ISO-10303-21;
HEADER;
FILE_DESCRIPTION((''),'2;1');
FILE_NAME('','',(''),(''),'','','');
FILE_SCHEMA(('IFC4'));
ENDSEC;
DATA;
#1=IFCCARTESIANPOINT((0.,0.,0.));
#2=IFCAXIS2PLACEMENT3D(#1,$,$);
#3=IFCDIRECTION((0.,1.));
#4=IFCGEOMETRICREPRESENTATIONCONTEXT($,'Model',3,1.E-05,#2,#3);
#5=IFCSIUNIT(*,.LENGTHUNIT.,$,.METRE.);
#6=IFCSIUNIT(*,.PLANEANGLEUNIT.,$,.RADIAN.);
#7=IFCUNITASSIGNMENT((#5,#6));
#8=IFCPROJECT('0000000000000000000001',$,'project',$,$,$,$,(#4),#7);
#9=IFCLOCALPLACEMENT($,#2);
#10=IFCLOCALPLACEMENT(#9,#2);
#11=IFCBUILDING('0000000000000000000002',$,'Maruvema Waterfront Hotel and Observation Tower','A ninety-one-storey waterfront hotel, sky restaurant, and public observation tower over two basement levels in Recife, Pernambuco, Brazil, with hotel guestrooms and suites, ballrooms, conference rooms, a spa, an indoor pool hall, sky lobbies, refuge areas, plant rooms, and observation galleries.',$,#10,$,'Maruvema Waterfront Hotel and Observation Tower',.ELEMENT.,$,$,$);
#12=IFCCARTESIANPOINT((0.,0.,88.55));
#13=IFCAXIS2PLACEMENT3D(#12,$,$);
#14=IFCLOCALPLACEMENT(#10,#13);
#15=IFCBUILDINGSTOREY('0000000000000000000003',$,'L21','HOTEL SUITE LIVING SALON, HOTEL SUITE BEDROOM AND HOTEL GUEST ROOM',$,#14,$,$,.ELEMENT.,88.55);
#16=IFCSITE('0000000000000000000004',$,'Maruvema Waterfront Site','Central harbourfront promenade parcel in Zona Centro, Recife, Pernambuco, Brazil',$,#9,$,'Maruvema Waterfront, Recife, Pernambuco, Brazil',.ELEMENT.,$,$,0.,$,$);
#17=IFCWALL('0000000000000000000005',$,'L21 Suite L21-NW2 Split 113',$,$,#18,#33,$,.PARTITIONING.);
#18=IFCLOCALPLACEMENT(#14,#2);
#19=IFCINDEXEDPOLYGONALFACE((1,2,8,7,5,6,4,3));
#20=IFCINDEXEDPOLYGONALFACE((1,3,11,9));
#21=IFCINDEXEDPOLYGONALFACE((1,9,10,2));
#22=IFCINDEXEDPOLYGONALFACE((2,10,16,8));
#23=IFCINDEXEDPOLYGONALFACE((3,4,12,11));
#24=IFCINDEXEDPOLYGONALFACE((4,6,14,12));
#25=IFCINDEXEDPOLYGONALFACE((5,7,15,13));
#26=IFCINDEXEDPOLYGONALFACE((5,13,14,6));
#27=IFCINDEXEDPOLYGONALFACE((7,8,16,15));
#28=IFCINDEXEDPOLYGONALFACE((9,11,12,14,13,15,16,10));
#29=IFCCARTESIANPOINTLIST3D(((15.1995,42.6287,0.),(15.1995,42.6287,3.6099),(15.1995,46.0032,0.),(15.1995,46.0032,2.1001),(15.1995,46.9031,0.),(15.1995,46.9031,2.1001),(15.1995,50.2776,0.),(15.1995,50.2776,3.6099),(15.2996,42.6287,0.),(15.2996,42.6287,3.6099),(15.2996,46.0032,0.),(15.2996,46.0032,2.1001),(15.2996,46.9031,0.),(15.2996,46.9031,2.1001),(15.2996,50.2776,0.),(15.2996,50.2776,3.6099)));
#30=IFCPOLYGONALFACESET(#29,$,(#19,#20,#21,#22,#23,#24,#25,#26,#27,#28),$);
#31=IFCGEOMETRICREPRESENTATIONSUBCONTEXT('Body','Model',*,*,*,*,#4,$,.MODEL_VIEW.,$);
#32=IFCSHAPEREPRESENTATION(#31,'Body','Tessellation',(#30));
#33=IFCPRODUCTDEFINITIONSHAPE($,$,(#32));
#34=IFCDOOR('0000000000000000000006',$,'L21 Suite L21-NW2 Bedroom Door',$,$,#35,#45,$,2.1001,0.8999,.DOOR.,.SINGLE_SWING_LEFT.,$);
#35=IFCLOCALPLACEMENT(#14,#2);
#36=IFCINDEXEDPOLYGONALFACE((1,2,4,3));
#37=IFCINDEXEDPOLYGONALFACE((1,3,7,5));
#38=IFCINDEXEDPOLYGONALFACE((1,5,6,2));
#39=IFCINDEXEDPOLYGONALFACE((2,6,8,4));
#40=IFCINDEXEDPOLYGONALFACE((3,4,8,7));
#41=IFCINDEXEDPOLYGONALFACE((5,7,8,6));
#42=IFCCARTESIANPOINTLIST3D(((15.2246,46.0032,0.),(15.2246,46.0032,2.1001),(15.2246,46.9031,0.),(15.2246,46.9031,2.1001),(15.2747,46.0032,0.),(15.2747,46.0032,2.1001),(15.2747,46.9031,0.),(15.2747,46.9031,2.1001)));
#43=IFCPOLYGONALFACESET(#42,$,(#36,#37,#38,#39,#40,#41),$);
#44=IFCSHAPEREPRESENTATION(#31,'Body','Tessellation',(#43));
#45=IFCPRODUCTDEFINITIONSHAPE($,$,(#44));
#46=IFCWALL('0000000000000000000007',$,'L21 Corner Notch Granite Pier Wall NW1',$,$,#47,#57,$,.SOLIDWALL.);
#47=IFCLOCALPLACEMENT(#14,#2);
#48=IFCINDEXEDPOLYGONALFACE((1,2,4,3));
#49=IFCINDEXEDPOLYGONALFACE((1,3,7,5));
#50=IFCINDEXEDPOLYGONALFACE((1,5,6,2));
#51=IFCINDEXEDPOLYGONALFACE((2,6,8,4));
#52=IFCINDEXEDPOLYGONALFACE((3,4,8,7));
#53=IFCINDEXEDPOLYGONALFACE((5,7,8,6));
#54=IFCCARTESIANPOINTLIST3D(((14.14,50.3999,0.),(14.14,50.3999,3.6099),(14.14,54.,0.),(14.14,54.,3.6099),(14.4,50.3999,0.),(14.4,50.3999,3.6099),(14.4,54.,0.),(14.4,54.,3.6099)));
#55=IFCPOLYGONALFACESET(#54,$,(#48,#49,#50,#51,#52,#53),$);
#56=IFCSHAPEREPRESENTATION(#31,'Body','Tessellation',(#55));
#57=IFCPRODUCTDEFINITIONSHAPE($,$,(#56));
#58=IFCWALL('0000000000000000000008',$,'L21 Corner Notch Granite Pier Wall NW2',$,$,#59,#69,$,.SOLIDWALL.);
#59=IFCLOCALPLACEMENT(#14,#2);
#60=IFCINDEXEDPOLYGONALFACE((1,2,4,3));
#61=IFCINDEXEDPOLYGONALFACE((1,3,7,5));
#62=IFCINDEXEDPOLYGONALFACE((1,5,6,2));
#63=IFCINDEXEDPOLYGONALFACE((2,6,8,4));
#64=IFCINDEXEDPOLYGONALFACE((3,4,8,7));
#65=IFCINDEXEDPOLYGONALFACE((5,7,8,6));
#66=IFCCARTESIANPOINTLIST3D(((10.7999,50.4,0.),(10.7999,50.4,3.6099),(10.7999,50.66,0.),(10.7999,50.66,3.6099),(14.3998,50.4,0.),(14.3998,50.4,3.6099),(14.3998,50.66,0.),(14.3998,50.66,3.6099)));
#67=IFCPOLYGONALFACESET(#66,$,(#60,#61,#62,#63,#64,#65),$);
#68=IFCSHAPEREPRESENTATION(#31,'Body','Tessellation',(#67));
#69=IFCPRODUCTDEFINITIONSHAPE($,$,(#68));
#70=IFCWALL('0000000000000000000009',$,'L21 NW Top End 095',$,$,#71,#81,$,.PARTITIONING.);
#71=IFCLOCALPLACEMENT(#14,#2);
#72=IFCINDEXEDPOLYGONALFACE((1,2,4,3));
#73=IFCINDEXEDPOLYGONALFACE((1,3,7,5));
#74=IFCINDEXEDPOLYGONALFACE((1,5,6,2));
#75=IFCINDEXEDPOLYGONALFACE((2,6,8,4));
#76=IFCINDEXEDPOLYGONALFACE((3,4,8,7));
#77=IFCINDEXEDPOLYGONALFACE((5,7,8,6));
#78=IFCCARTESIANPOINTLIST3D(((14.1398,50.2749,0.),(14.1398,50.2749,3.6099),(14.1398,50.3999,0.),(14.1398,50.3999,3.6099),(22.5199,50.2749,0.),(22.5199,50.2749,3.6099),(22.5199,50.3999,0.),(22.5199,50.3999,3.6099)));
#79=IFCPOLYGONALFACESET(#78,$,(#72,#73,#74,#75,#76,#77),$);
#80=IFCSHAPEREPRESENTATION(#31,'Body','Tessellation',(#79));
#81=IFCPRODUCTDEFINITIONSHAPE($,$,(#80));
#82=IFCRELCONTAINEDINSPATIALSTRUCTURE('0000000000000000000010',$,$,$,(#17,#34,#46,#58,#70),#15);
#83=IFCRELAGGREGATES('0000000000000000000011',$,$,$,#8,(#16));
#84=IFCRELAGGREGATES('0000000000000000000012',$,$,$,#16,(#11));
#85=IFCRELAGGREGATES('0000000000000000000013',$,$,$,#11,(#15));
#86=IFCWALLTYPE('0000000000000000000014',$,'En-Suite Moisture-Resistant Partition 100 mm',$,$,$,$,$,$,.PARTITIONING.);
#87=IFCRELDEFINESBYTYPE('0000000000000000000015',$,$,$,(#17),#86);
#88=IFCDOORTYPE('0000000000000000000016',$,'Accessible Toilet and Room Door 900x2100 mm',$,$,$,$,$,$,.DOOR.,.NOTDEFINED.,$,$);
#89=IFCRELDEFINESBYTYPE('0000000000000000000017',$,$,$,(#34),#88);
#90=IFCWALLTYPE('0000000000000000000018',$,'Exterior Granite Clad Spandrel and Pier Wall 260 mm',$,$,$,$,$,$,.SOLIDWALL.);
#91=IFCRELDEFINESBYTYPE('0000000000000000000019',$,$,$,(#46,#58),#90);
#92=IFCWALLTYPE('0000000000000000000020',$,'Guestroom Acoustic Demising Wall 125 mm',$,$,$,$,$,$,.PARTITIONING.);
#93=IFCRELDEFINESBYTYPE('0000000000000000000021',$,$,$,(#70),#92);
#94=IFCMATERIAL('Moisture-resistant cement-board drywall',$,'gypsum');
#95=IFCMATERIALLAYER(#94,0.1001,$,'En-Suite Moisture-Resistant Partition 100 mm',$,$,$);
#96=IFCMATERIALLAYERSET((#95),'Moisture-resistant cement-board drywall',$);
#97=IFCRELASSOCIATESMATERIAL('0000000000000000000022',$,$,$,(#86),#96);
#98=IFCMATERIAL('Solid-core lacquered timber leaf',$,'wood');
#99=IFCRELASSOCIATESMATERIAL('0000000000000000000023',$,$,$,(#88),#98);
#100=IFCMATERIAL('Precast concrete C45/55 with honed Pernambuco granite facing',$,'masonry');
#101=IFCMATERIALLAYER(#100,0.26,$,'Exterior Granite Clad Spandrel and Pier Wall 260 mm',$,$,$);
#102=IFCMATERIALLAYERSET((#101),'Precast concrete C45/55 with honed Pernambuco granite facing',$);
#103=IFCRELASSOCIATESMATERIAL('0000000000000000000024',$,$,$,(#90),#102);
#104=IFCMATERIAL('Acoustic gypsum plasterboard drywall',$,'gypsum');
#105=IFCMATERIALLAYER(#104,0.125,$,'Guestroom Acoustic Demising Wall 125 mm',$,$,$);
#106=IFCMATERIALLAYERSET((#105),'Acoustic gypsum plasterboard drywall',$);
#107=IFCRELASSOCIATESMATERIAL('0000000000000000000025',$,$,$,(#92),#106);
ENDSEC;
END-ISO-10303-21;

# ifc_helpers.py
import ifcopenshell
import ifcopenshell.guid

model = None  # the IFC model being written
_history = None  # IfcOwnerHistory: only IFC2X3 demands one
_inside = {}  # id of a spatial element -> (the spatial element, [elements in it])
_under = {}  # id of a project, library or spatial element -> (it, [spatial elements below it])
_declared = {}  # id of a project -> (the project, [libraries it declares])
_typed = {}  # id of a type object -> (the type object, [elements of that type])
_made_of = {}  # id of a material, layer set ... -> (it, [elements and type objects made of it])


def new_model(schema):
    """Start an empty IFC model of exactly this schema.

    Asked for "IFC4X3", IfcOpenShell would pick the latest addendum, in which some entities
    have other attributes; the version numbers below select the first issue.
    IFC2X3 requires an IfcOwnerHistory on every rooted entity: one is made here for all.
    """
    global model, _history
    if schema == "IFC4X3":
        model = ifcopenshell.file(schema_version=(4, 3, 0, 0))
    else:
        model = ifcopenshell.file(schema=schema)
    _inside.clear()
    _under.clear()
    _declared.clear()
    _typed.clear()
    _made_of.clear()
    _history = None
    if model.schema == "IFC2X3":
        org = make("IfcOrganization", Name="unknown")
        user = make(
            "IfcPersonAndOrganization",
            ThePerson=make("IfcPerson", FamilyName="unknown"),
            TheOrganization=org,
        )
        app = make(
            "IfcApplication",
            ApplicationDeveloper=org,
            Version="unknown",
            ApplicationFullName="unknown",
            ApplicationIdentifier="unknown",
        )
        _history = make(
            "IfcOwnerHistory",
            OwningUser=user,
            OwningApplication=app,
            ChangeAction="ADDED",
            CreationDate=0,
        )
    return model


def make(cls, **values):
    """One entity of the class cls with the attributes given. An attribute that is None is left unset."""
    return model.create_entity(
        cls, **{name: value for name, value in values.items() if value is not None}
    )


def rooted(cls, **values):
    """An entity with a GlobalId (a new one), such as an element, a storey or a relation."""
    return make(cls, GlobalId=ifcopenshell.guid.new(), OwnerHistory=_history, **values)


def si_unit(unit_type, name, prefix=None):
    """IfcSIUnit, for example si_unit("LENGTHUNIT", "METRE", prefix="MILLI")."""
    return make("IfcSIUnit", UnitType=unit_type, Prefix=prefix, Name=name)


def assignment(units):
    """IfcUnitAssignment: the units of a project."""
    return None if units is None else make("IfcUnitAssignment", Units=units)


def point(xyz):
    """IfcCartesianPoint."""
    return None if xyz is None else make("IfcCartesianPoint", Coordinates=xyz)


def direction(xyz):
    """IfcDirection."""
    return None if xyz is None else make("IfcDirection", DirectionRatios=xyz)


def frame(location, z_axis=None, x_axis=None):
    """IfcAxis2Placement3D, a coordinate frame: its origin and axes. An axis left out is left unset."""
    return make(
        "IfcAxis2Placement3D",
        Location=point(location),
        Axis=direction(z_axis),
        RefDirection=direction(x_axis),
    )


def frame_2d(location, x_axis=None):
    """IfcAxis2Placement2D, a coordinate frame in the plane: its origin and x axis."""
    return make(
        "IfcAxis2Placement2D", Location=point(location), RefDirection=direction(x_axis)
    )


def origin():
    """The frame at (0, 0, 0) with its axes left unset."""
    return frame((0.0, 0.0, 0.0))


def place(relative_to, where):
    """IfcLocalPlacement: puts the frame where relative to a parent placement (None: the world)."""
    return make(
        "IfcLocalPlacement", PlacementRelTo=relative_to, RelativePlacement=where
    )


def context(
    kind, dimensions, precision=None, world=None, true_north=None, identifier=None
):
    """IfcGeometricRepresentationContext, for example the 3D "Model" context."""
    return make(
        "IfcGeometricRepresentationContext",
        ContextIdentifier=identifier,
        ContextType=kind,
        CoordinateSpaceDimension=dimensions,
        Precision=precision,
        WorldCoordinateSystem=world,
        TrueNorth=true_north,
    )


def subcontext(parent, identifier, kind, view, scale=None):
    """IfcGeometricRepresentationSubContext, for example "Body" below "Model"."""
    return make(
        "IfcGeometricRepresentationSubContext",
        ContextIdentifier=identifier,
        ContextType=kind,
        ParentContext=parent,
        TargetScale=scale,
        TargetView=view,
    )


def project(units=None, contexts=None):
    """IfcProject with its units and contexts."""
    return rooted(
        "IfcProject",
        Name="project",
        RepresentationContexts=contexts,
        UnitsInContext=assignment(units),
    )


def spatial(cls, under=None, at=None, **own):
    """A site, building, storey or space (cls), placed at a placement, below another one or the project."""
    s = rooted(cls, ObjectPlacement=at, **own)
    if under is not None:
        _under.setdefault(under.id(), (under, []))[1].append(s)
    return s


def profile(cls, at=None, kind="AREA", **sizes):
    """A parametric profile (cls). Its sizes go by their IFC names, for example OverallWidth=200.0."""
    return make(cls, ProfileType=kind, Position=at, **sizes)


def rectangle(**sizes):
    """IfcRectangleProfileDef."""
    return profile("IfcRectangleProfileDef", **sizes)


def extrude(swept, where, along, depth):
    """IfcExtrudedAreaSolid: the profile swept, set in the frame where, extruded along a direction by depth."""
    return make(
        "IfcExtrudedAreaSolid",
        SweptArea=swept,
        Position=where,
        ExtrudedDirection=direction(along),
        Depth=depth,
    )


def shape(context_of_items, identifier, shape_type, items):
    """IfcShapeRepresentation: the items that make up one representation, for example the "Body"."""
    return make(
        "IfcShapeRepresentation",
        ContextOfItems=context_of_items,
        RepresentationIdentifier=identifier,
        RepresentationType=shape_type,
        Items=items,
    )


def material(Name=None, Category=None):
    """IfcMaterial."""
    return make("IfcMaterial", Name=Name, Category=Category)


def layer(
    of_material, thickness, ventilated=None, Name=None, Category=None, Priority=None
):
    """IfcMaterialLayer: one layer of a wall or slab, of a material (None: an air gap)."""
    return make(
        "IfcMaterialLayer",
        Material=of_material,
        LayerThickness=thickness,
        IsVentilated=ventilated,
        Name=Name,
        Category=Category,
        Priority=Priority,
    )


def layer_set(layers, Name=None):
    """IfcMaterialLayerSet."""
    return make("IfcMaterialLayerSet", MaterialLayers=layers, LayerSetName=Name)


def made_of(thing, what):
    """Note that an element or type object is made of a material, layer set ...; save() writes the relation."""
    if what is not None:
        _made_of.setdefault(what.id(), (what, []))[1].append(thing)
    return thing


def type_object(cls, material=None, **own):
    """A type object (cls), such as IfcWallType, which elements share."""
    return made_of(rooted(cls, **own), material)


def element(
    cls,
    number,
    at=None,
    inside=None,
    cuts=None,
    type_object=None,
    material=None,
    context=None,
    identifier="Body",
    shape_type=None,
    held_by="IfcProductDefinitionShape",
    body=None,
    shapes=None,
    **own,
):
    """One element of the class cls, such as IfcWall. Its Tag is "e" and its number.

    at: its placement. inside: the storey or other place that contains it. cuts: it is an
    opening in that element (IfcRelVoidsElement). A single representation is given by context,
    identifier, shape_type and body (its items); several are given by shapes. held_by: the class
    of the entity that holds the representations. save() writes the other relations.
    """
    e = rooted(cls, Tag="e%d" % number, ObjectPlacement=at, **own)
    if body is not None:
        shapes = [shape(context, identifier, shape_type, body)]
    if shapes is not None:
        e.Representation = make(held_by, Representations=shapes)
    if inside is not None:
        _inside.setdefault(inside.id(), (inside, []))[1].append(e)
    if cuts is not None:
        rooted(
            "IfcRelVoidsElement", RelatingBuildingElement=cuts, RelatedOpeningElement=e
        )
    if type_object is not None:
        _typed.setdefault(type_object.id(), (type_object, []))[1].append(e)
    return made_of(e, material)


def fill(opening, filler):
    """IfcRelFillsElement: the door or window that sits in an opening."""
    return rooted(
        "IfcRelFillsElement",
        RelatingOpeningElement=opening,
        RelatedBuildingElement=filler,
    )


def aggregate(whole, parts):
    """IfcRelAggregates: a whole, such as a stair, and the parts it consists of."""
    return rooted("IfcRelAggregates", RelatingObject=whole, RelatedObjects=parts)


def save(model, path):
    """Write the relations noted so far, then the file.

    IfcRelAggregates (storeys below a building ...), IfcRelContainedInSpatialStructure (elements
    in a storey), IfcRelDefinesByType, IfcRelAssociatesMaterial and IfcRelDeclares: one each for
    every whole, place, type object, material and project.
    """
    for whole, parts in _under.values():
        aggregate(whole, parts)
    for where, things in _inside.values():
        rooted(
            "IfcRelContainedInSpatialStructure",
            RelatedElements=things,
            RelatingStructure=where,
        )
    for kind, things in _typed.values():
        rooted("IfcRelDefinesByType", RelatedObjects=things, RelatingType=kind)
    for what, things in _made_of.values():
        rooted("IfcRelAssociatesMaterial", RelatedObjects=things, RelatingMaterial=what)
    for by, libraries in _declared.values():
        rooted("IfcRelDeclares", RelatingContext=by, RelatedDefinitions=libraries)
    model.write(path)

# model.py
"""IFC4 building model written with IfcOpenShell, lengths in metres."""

from ifc_helpers import new_model, si_unit, direction, frame, frame_2d, origin, place, context, subcontext, project, spatial, rectangle, extrude, material, layer, layer_set, type_object, element, fill, save


model = new_model("IFC4")

# Units and contexts
model_context = context("Model", 3, precision=1e-05, world=origin(), true_north=direction((0.0, 1.0)))
body_context = subcontext(model_context, "Body", "Model", "MODEL_VIEW")
ifc_project = project(units=[si_unit("LENGTHUNIT", "METRE"), si_unit("PLANEANGLEUNIT", "RADIAN")], contexts=[model_context])

# Site, building, storey
site_placement = place(None, origin())
site = spatial("IfcSite", under=ifc_project, at=site_placement, Name="Maruvema Waterfront Site", Description="Central harbourfront promenade parcel in Zona Centro, Recife, Pernambuco, Brazil", LongName="Maruvema Waterfront, Recife, Pernambuco, Brazil", CompositionType="ELEMENT", RefElevation=0.0)
building_placement = place(site_placement, origin())
building = spatial("IfcBuilding", under=site, at=building_placement, Name="Maruvema Waterfront Hotel and Observation Tower", Description="A ninety-one-storey waterfront hotel, sky restaurant, and public observation tower over two basement levels in Recife, Pernambuco, Brazil, with hotel guestrooms and suites, ballrooms, conference rooms, a spa, an indoor pool hall, sky lobbies, refuge areas, plant rooms, and observation galleries.", LongName="Maruvema Waterfront Hotel and Observation Tower", CompositionType="ELEMENT")
storey_placement = place(building_placement, frame((0.0, 0.0, 88.55)))
storey = spatial("IfcBuildingStorey", under=building, at=storey_placement, Name="L21", Description="HOTEL SUITE LIVING SALON, HOTEL SUITE BEDROOM AND HOTEL GUEST ROOM", CompositionType="ELEMENT", Elevation=88.55)

# Shared definitions
ifc_material_1 = material(Name="Moisture-resistant cement-board drywall", Category="gypsum")
ifc_layer_1 = layer(ifc_material_1, 0.1001, Name="En-Suite Moisture-Resistant Partition 100 mm")
ifc_layer_set_1 = layer_set([ifc_layer_1], Name="Moisture-resistant cement-board drywall")
wall_type_1 = type_object("IfcWallType", Name="En-Suite Moisture-Resistant Partition 100 mm", PredefinedType="PARTITIONING", material=ifc_layer_set_1)

# Wall, opening, door
wall_1_placement = place(storey_placement, frame((15.2495, 42.6287, 0.0), z_axis=(0.0, 0.0, 1.0), x_axis=(0.0, 1.0, 0.0)))
wall_1 = element("IfcWall", 1, at=wall_1_placement, inside=storey, type_object=wall_type_1, Name="L21 Suite L21-NW2 Split 113", PredefinedType="PARTITIONING", context=body_context, shape_type="SweptSolid", body=[
    extrude(rectangle(XDim=7.6489, YDim=0.1001, at=frame_2d((3.8245, 0.0))), origin(), (0.0, 0.0, 1.0), 3.6099),
])
opening_1_placement = place(wall_1_placement, frame((3.3745, 0.0, 0.0)))
opening_1 = element("IfcOpeningElement", 2, at=opening_1_placement, cuts=wall_1, PredefinedType="OPENING", context=body_context, shape_type="SweptSolid", body=[
    extrude(rectangle(XDim=0.8999, YDim=2.1001, at=frame_2d((0.45, 1.05))), frame((0.0, 0.0601, 0.0), z_axis=(0.0, -1.0, 0.0), x_axis=(1.0, 0.0, 0.0)), (0.0, 0.0, 1.0), 0.1201),
])
ifc_material_2 = material(Name="Solid-core lacquered timber leaf", Category="wood")
door_type_1 = type_object("IfcDoorType", Name="Accessible Toilet and Room Door 900x2100 mm", OperationType="NOTDEFINED", PredefinedType="DOOR", material=ifc_material_2)
door_1_placement = place(opening_1_placement, origin())
door_1 = element("IfcDoor", 3, at=door_1_placement, inside=storey, type_object=door_type_1, Name="L21 Suite L21-NW2 Bedroom Door", OperationType="SINGLE_SWING_LEFT", OverallHeight=2.1001, OverallWidth=0.8999, PredefinedType="DOOR", context=body_context, shape_type="SweptSolid", body=[
    extrude(rectangle(XDim=0.8999, YDim=2.1001, at=frame_2d((0.45, 1.05))), frame((0.0, 0.0249, 0.0), z_axis=(0.0, -1.0, 0.0), x_axis=(1.0, 0.0, 0.0)), (0.0, 0.0, 1.0), 0.05),
])
fill(opening_1, door_1)

# Walls
ifc_material_3 = material(Name="Precast concrete C45/55 with honed Pernambuco granite facing", Category="masonry")
ifc_layer_2 = layer(ifc_material_3, 0.26, Name="Exterior Granite Clad Spandrel and Pier Wall 260 mm")
ifc_layer_set_2 = layer_set([ifc_layer_2], Name="Precast concrete C45/55 with honed Pernambuco granite facing")
wall_type_2 = type_object("IfcWallType", Name="Exterior Granite Clad Spandrel and Pier Wall 260 mm", PredefinedType="SOLIDWALL", material=ifc_layer_set_2)
wall_2_placement = place(storey_placement, frame((14.27, 50.3999, 0.0), z_axis=(0.0, 0.0, 1.0), x_axis=(0.0, 1.0, 0.0)))
element("IfcWall", 4, at=wall_2_placement, inside=storey, type_object=wall_type_2, Name="L21 Corner Notch Granite Pier Wall NW1", PredefinedType="SOLIDWALL", context=body_context, shape_type="SweptSolid", body=[
    extrude(rectangle(XDim=3.6001, YDim=0.26, at=frame_2d((1.8, 0.0))), origin(), (0.0, 0.0, 1.0), 3.6099),
])
wall_3_placement = place(storey_placement, frame((10.8, 50.53, 0.0), z_axis=(0.0, 0.0, 1.0), x_axis=(1.0, 0.0, 0.0)))
element("IfcWall", 5, at=wall_3_placement, inside=storey, type_object=wall_type_2, Name="L21 Corner Notch Granite Pier Wall NW2", PredefinedType="SOLIDWALL", context=body_context, shape_type="SweptSolid", body=[
    extrude(rectangle(XDim=3.5999, YDim=0.26, at=frame_2d((1.7998, 0.0))), origin(), (0.0, 0.0, 1.0), 3.6099),
])
ifc_material_4 = material(Name="Acoustic gypsum plasterboard drywall", Category="gypsum")
ifc_layer_3 = layer(ifc_material_4, 0.125, Name="Guestroom Acoustic Demising Wall 125 mm")
ifc_layer_set_3 = layer_set([ifc_layer_3], Name="Acoustic gypsum plasterboard drywall")
wall_type_3 = type_object("IfcWallType", Name="Guestroom Acoustic Demising Wall 125 mm", PredefinedType="PARTITIONING", material=ifc_layer_set_3)
wall_4_placement = place(storey_placement, frame((14.1399, 50.3374, 0.0), z_axis=(0.0, 0.0, 1.0), x_axis=(1.0, 0.0, 0.0)))
element("IfcWall", 6, at=wall_4_placement, inside=storey, type_object=wall_type_3, Name="L21 NW Top End 095", PredefinedType="PARTITIONING", context=body_context, shape_type="SweptSolid", body=[
    extrude(rectangle(XDim=8.3801, YDim=0.125, at=frame_2d((4.1899, 0.0))), origin(), (0.0, 0.0, 1.0), 3.6099),
])

save(model, "model.ifc")
